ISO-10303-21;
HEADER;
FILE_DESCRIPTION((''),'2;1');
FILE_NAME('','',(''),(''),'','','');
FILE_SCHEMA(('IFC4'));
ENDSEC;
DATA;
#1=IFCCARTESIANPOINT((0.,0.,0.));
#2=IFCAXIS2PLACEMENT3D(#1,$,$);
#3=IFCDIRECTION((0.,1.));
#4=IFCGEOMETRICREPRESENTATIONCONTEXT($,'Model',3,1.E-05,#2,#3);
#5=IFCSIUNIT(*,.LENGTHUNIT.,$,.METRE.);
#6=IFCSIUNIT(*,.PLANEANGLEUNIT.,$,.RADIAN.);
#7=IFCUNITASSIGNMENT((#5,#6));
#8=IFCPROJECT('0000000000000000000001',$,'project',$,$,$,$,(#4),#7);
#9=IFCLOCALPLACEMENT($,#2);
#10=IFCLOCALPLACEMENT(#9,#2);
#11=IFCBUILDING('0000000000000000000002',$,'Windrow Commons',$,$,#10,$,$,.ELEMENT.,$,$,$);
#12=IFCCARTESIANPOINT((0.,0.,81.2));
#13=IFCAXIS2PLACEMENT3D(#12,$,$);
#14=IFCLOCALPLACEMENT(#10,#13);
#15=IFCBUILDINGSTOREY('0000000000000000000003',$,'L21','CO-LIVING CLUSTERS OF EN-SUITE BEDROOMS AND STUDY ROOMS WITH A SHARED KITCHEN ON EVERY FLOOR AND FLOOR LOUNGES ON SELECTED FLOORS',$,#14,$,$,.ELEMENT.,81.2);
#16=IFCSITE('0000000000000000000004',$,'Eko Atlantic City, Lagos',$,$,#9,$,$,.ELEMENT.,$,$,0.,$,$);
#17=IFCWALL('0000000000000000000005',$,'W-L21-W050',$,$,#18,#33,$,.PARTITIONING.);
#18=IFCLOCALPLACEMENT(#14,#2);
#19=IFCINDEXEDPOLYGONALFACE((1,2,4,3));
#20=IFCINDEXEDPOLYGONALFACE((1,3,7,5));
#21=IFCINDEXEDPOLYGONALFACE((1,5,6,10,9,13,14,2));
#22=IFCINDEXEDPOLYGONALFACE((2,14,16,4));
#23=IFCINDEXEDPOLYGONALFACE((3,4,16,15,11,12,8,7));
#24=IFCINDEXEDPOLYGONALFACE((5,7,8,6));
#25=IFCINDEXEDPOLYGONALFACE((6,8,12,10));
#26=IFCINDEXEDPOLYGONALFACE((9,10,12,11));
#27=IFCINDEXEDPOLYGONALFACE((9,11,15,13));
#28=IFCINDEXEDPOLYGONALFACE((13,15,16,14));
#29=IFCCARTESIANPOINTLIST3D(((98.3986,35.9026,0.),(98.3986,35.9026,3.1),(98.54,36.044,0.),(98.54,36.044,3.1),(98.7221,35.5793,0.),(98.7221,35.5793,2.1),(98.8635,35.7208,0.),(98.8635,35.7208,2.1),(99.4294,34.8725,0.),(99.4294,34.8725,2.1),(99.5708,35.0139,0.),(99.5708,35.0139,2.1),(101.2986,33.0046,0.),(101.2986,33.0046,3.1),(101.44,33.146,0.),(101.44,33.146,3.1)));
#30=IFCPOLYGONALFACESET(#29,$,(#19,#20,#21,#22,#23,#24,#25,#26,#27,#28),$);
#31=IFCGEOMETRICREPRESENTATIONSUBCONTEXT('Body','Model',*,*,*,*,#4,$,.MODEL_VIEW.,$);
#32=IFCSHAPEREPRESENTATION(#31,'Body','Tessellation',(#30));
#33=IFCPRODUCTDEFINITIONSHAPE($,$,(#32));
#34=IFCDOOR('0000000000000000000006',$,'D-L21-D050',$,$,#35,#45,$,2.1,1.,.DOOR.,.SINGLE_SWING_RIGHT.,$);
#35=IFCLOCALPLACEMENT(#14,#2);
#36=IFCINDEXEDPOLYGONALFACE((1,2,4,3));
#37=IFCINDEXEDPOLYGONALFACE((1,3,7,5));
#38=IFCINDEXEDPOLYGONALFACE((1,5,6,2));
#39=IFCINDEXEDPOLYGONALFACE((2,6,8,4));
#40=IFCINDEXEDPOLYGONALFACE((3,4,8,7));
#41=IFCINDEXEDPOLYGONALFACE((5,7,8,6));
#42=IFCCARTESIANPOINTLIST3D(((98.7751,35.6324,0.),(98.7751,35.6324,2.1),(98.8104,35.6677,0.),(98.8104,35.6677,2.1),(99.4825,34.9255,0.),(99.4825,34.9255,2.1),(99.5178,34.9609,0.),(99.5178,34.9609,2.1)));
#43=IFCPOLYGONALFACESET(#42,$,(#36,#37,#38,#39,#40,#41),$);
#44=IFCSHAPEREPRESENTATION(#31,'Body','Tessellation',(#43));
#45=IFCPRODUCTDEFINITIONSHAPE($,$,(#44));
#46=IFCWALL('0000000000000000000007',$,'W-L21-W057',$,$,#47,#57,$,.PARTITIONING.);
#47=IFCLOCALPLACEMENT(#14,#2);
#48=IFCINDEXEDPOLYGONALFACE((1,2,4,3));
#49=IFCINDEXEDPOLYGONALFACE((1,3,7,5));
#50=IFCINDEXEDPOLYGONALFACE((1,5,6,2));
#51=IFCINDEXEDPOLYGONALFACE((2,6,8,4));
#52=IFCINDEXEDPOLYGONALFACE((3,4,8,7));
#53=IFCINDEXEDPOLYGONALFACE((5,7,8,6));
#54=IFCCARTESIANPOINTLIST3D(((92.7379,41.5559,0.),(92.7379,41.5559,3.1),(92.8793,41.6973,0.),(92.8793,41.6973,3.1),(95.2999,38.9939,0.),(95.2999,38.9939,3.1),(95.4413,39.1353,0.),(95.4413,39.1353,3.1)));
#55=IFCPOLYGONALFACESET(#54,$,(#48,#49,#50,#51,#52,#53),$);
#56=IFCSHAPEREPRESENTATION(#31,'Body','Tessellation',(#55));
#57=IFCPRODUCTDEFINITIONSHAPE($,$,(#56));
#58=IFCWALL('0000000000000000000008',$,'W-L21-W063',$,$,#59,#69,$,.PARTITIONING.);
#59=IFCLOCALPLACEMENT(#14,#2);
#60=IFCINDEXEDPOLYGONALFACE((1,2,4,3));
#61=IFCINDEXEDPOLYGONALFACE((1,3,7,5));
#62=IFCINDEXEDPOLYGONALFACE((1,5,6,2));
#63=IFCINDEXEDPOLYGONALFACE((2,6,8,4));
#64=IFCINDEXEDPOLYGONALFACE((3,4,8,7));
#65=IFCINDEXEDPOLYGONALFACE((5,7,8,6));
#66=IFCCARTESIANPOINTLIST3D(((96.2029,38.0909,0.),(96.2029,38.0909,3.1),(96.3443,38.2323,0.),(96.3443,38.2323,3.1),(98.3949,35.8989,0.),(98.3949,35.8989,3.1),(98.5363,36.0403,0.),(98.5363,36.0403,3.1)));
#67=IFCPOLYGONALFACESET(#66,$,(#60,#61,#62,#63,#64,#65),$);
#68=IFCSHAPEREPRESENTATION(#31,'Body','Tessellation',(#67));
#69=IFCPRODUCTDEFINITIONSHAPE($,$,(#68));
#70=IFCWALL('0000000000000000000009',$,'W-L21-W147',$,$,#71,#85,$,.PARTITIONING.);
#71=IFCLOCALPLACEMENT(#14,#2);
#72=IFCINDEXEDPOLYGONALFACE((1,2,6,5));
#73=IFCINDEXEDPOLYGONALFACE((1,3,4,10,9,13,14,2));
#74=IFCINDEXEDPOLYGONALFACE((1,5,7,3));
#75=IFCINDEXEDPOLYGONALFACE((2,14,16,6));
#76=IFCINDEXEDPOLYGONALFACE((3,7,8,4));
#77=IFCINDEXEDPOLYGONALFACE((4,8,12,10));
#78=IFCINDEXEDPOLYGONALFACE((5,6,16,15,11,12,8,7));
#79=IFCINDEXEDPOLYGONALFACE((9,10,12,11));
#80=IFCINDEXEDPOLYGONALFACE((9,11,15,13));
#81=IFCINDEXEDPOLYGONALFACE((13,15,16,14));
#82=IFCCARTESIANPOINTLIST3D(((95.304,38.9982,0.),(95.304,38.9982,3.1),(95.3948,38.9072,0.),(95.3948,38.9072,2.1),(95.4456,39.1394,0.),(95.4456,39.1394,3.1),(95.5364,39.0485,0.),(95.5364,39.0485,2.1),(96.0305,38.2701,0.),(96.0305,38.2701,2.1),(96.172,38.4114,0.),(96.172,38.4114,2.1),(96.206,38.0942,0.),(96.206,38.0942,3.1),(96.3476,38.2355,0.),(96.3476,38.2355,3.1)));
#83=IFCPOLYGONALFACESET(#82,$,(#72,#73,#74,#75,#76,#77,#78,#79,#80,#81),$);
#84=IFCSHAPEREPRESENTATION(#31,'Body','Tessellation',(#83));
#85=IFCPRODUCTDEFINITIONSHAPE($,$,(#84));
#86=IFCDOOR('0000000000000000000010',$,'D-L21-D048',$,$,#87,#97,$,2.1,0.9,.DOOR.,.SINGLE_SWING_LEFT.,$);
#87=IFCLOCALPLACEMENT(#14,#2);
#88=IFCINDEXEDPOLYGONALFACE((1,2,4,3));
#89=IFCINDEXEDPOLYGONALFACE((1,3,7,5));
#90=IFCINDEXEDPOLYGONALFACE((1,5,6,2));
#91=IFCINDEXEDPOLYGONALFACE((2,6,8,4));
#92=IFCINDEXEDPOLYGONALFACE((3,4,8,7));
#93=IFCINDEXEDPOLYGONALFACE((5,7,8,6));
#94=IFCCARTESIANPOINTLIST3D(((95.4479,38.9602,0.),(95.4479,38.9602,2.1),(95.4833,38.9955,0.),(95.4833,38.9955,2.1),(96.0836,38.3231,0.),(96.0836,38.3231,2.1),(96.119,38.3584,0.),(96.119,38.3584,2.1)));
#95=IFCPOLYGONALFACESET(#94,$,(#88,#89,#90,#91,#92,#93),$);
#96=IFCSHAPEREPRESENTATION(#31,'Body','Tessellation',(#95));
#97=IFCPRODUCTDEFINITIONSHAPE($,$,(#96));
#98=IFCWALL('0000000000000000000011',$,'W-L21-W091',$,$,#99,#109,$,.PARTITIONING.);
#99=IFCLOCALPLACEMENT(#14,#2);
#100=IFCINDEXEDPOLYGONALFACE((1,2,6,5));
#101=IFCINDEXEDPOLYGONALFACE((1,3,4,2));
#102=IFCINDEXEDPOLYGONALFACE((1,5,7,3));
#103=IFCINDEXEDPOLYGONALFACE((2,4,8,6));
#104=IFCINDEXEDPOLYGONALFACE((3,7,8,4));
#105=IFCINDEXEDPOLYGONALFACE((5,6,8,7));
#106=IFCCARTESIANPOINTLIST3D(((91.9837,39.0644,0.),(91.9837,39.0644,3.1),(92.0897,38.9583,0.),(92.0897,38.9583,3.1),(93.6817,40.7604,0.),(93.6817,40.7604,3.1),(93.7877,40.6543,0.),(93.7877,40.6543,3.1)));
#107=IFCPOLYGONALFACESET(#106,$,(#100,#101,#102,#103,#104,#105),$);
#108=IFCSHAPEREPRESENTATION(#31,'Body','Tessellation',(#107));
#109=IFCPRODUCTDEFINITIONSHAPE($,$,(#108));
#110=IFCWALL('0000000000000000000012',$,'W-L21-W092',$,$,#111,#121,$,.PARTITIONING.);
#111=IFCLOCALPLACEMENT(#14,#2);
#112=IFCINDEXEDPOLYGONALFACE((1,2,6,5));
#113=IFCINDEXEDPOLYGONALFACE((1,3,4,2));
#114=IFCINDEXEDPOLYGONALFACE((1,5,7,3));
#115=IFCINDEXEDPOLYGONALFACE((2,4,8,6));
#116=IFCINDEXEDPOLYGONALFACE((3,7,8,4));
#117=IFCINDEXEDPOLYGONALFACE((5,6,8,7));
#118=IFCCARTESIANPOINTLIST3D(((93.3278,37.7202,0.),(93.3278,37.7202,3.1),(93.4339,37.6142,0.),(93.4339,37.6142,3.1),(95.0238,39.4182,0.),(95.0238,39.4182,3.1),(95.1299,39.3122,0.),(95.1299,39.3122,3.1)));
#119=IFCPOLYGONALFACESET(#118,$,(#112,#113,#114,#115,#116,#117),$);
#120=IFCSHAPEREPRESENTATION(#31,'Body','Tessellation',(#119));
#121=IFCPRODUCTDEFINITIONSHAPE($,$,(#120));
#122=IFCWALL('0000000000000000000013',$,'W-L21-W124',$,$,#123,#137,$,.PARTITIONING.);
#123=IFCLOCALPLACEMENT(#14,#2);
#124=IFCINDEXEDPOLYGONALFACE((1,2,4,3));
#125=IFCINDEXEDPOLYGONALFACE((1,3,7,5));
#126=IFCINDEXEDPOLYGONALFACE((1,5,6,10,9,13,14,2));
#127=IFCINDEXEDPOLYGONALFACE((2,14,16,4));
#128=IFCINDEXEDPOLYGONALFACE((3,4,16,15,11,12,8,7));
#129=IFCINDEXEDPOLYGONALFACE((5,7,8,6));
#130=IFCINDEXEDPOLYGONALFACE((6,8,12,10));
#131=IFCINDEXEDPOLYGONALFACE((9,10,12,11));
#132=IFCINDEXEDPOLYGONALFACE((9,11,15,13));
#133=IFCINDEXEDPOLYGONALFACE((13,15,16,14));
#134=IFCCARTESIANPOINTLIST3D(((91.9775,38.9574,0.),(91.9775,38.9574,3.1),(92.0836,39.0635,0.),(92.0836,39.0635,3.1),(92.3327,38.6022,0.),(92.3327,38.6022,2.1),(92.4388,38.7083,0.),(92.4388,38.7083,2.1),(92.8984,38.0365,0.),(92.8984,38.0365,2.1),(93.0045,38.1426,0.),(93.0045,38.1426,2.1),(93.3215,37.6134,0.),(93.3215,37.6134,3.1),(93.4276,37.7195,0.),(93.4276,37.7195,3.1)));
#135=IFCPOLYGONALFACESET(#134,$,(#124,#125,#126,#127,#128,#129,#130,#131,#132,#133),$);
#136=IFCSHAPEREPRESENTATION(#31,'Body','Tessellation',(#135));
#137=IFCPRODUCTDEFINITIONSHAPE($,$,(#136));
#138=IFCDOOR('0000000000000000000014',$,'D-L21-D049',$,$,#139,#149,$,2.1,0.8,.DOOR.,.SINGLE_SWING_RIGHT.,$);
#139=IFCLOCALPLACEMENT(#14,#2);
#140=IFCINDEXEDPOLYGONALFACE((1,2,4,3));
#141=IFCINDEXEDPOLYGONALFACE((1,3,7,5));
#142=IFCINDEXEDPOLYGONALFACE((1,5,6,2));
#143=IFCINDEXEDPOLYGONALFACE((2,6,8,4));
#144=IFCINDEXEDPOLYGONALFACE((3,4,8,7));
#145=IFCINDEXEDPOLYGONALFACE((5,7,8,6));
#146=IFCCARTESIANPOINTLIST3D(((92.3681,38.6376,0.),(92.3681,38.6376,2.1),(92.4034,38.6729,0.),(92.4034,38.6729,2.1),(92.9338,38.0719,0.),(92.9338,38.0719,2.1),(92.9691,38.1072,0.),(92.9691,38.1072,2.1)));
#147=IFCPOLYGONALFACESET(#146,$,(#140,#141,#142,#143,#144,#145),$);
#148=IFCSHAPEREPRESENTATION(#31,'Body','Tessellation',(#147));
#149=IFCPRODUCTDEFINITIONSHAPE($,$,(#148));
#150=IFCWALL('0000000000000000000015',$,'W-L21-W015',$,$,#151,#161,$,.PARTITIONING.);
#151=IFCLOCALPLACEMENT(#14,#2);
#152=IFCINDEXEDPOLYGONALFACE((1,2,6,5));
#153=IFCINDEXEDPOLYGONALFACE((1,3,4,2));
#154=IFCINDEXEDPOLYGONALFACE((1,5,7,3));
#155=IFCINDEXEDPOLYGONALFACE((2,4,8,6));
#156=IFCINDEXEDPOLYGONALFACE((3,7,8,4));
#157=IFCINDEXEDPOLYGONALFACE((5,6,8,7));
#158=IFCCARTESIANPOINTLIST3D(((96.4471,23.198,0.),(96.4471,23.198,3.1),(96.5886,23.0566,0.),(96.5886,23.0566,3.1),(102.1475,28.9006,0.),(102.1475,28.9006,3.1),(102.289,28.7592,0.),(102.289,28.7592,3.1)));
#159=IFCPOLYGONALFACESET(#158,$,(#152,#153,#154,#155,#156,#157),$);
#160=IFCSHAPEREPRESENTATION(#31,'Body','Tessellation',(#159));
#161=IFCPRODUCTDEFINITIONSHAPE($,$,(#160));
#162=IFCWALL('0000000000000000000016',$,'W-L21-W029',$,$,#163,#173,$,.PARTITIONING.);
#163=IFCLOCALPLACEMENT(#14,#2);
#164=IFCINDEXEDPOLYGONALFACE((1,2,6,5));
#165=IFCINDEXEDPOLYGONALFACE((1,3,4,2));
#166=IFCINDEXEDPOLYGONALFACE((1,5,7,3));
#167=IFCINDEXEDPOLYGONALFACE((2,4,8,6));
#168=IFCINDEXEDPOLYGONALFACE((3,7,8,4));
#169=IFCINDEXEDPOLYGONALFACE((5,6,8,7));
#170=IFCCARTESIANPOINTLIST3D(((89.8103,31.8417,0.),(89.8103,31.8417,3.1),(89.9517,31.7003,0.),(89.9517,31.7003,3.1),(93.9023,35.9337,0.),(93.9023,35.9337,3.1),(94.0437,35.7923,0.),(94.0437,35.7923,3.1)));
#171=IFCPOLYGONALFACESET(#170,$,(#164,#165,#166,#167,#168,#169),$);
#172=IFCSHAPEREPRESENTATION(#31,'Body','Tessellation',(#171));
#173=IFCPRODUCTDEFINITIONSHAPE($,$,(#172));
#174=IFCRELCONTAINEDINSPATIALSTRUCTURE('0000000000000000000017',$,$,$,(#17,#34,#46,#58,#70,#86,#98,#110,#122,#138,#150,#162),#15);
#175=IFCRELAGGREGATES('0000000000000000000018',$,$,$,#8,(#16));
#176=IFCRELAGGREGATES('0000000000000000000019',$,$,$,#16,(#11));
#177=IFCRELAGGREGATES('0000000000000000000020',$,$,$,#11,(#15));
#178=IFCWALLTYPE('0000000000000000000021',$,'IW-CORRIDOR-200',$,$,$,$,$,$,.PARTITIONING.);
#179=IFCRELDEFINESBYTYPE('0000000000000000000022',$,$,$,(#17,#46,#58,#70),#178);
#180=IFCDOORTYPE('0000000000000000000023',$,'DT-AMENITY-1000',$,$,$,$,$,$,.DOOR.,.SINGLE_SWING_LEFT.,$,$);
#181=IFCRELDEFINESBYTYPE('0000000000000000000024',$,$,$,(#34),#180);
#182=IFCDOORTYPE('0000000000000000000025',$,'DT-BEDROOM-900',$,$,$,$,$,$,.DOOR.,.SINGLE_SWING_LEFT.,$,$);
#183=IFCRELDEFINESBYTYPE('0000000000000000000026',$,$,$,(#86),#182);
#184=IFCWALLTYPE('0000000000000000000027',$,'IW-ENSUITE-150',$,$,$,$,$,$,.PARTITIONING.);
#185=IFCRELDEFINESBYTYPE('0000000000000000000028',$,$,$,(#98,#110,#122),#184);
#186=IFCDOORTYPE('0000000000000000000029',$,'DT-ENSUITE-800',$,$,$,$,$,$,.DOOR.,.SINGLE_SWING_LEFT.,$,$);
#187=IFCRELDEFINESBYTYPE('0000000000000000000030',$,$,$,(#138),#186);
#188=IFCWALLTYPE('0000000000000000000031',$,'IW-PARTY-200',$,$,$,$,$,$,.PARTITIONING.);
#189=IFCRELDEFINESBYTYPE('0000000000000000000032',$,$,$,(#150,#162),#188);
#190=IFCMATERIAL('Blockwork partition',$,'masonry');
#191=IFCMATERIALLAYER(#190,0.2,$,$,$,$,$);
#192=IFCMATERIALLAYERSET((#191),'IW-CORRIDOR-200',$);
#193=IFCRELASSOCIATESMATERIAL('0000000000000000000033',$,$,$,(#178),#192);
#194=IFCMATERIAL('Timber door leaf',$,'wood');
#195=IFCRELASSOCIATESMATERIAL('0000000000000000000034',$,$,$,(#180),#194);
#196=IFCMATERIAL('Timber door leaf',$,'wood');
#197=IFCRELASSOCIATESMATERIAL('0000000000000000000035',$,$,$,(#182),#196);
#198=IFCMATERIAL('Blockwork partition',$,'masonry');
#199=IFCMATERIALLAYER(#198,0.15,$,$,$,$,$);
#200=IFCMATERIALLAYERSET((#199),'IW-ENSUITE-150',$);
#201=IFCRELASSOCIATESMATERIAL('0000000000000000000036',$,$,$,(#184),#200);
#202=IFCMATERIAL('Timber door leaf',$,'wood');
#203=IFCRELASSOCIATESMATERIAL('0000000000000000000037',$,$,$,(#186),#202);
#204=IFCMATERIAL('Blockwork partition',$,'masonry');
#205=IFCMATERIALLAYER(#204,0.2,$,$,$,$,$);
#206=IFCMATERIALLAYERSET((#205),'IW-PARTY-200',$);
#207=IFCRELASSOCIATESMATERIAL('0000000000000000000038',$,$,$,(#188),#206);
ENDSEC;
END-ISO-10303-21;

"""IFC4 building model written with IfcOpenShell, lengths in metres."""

from ifc_helpers import new_model, si_unit, direction, frame, frame_2d, origin, place, context, subcontext, project, spatial, rectangle, extrude, material, layer, layer_set, type_object, element, fill, save


model = new_model("IFC4")

# Units and contexts
model_context = context("Model", 3, precision=1e-05, world=origin(), true_north=direction((0.0, 1.0)))
body_context = subcontext(model_context, "Body", "Model", "MODEL_VIEW")
ifc_project = project(units=[si_unit("LENGTHUNIT", "METRE"), si_unit("PLANEANGLEUNIT", "RADIAN")], contexts=[model_context])

# Site, building, storey
site_placement = place(None, origin())
site = spatial("IfcSite", under=ifc_project, at=site_placement, Name="Eko Atlantic City, Lagos", CompositionType="ELEMENT", RefElevation=0.0)
building_placement = place(site_placement, origin())
building = spatial("IfcBuilding", under=site, at=building_placement, Name="Windrow Commons", CompositionType="ELEMENT")
storey_placement = place(building_placement, frame((0.0, 0.0, 81.2)))
storey = spatial("IfcBuildingStorey", under=building, at=storey_placement, Name="L21", Description="CO-LIVING CLUSTERS OF EN-SUITE BEDROOMS AND STUDY ROOMS WITH A SHARED KITCHEN ON EVERY FLOOR AND FLOOR LOUNGES ON SELECTED FLOORS", CompositionType="ELEMENT", Elevation=81.2)

# Wall, opening, door
ifc_material_1 = material(Name="Blockwork partition", Category="masonry")
ifc_layer_1 = layer(ifc_material_1, 0.2)
ifc_layer_set_1 = layer_set([ifc_layer_1], Name="IW-CORRIDOR-200")
wall_type_1 = type_object("IfcWallType", Name="IW-CORRIDOR-200", PredefinedType="PARTITIONING", material=ifc_layer_set_1)
wall_1_placement = place(storey_placement, frame((98.4693, 35.9733, 0.0), z_axis=(0.0, 0.0, 1.0), x_axis=(0.707351, -0.706863, 0.0)))
wall_1 = element("IfcWall", 1, at=wall_1_placement, inside=storey, type_object=wall_type_1, Name="W-L21-W050", PredefinedType="PARTITIONING", context=body_context, shape_type="SweptSolid", body=[
    extrude(rectangle(XDim=4.0998, YDim=0.2, at=frame_2d((2.0499, 0.0))), origin(), (0.0, 0.0, 1.0), 3.1),
])
opening_1_placement = place(wall_1_placement, frame((0.4573, 0.0, 0.0)))
opening_1 = element("IfcOpeningElement", 2, at=opening_1_placement, cuts=wall_1, PredefinedType="OPENING", context=body_context, shape_type="SweptSolid", body=[
    extrude(rectangle(XDim=1.0, YDim=2.1, at=frame_2d((0.5, 1.05))), frame((0.0, 0.11, 0.0), z_axis=(0.0, -1.0, 0.0), x_axis=(1.0, 0.0, 0.0)), (0.0, 0.0, 1.0), 0.22),
])
ifc_material_2 = material(Name="Timber door leaf", Category="wood")
door_type_1 = type_object("IfcDoorType", Name="DT-AMENITY-1000", OperationType="SINGLE_SWING_LEFT", PredefinedType="DOOR", material=ifc_material_2)
door_1_placement = place(opening_1_placement, origin())
door_1 = element("IfcDoor", 3, at=door_1_placement, inside=storey, type_object=door_type_1, Name="D-L21-D050", OperationType="SINGLE_SWING_RIGHT", OverallHeight=2.1, OverallWidth=1.0, PredefinedType="DOOR", context=body_context, shape_type="SweptSolid", body=[
    extrude(rectangle(XDim=1.0, YDim=2.1, at=frame_2d((0.5, 1.05))), frame((0.0, 0.025, 0.0), z_axis=(0.0, -1.0, 0.0), x_axis=(1.0, 0.0, 0.0)), (0.0, 0.0, 1.0), 0.05),
])
fill(opening_1, door_1)

# Walls
wall_2_placement = place(storey_placement, frame((92.8086, 41.6266, 0.0), z_axis=(0.0, 0.0, 1.0), x_axis=(0.707107, -0.707107, 0.0)))
element("IfcWall", 4, at=wall_2_placement, inside=storey, type_object=wall_type_1, Name="W-L21-W057", PredefinedType="PARTITIONING", context=body_context, shape_type="SweptSolid", body=[
    extrude(rectangle(XDim=3.6232, YDim=0.2, at=frame_2d((1.8116, 0.0))), origin(), (0.0, 0.0, 1.0), 3.1),
])
wall_3_placement = place(storey_placement, frame((96.2736, 38.1616, 0.0), z_axis=(0.0, 0.0, 1.0), x_axis=(0.707107, -0.707107, 0.0)))
element("IfcWall", 5, at=wall_3_placement, inside=storey, type_object=wall_type_1, Name="W-L21-W063", PredefinedType="PARTITIONING", context=body_context, shape_type="SweptSolid", body=[
    extrude(rectangle(XDim=3.1, YDim=0.2, at=frame_2d((1.55, 0.0))), origin(), (0.0, 0.0, 1.0), 3.1),
])

# Wall, opening, door
wall_4_placement = place(storey_placement, frame((95.3748, 39.0688, 0.0), z_axis=(0.0, 0.0, 1.0), x_axis=(0.706323, -0.707889, 0.0)))
wall_4 = element("IfcWall", 6, at=wall_4_placement, inside=storey, type_object=wall_type_1, Name="W-L21-W147", PredefinedType="PARTITIONING", context=body_context, shape_type="SweptSolid", body=[
    extrude(rectangle(XDim=1.277, YDim=0.2, at=frame_2d((0.6385, 0.0))), origin(), (0.0, 0.0, 1.0), 3.1),
])
opening_2_placement = place(wall_4_placement, frame((0.1285, 0.0, 0.0)))
opening_2 = element("IfcOpeningElement", 7, at=opening_2_placement, cuts=wall_4, PredefinedType="OPENING", context=body_context, shape_type="SweptSolid", body=[
    extrude(rectangle(XDim=0.9, YDim=2.1, at=frame_2d((0.45, 1.05))), frame((0.0, 0.11, 0.0), z_axis=(0.0, -1.0, 0.0), x_axis=(1.0, 0.0, 0.0)), (0.0, 0.0, 1.0), 0.22),
])
ifc_material_3 = material(Name="Timber door leaf", Category="wood")
door_type_2 = type_object("IfcDoorType", Name="DT-BEDROOM-900", OperationType="SINGLE_SWING_LEFT", PredefinedType="DOOR", material=ifc_material_3)
door_2_placement = place(opening_2_placement, origin())
door_2 = element("IfcDoor", 8, at=door_2_placement, inside=storey, type_object=door_type_2, Name="D-L21-D048", OperationType="SINGLE_SWING_LEFT", OverallHeight=2.1, OverallWidth=0.9, PredefinedType="DOOR", context=body_context, shape_type="SweptSolid", body=[
    extrude(rectangle(XDim=0.9, YDim=2.1, at=frame_2d((0.45, 1.05))), frame((0.0, 0.025, 0.0), z_axis=(0.0, -1.0, 0.0), x_axis=(1.0, 0.0, 0.0)), (0.0, 0.0, 1.0), 0.05),
])
fill(opening_2, door_2)

# Walls
ifc_material_4 = material(Name="Blockwork partition", Category="masonry")
ifc_layer_2 = layer(ifc_material_4, 0.15)
ifc_layer_set_2 = layer_set([ifc_layer_2], Name="IW-ENSUITE-150")
wall_type_2 = type_object("IfcWallType", Name="IW-ENSUITE-150", PredefinedType="PARTITIONING", material=ifc_layer_set_2)
for number, where, z_axis, x_axis, name in (
    (9, (92.0367, 39.0113, 0.0), (0.0, 0.0, 1.0), (0.707523, 0.70669, 0.0), "W-L21-W091"),
    (10, (93.3808, 37.6672, 0.0), (0.0, 0.0, 1.0), (0.70669, 0.707523, 0.0), "W-L21-W092"),
):
    element("IfcWall", number, at=place(storey_placement, frame(where, z_axis=z_axis, x_axis=x_axis)), inside=storey, type_object=wall_type_2, Name=name, PredefinedType="PARTITIONING", context=body_context, shape_type="SweptSolid", body=[
        extrude(rectangle(XDim=2.3999, YDim=0.15, at=frame_2d((1.2, 0.0))), origin(), (0.0, 0.0, 1.0), 3.1),
    ])

# Wall, opening, door
wall_5_placement = place(storey_placement, frame((92.0305, 39.0105, 0.0), z_axis=(0.0, 0.0, 1.0), x_axis=(0.707107, -0.707107, 0.0)))
wall_5 = element("IfcWall", 11, at=wall_5_placement, inside=storey, type_object=wall_type_2, Name="W-L21-W124", PredefinedType="PARTITIONING", context=body_context, shape_type="SweptSolid", body=[
    extrude(rectangle(XDim=1.9007, YDim=0.15, at=frame_2d((0.9504, 0.0))), origin(), (0.0, 0.0, 1.0), 3.1),
])
opening_3_placement = place(wall_5_placement, frame((0.5024, 0.0, 0.0)))
opening_3 = element("IfcOpeningElement", 12, at=opening_3_placement, cuts=wall_5, PredefinedType="OPENING", context=body_context, shape_type="SweptSolid", body=[
    extrude(rectangle(XDim=0.8, YDim=2.1, at=frame_2d((0.4, 1.05))), frame((0.0, 0.085, 0.0), z_axis=(0.0, -1.0, 0.0), x_axis=(1.0, 0.0, 0.0)), (0.0, 0.0, 1.0), 0.17),
])
ifc_material_5 = material(Name="Timber door leaf", Category="wood")
door_type_3 = type_object("IfcDoorType", Name="DT-ENSUITE-800", OperationType="SINGLE_SWING_LEFT", PredefinedType="DOOR", material=ifc_material_5)
door_3_placement = place(opening_3_placement, origin())
door_3 = element("IfcDoor", 13, at=door_3_placement, inside=storey, type_object=door_type_3, Name="D-L21-D049", OperationType="SINGLE_SWING_RIGHT", OverallHeight=2.1, OverallWidth=0.8, PredefinedType="DOOR", context=body_context, shape_type="SweptSolid", body=[
    extrude(rectangle(XDim=0.8, YDim=2.1, at=frame_2d((0.4, 1.05))), frame((0.0, 0.025, 0.0), z_axis=(0.0, -1.0, 0.0), x_axis=(1.0, 0.0, 0.0)), (0.0, 0.0, 1.0), 0.05),
])
fill(opening_3, door_3)

# Walls
ifc_material_6 = material(Name="Blockwork partition", Category="masonry")
ifc_layer_3 = layer(ifc_material_6, 0.2)
ifc_layer_set_3 = layer_set([ifc_layer_3], Name="IW-PARTY-200")
wall_type_3 = type_object("IfcWallType", Name="IW-PARTY-200", PredefinedType="PARTITIONING", material=ifc_layer_set_3)
wall_6_placement = place(storey_placement, frame((96.5178, 23.1273, 0.0), z_axis=(0.0, 0.0, 1.0), x_axis=(0.706977, 0.707237, 0.0)))
element("IfcWall", 14, at=wall_6_placement, inside=storey, type_object=wall_type_3, Name="W-L21-W015", PredefinedType="PARTITIONING", context=body_context, shape_type="SweptSolid", body=[
    extrude(rectangle(XDim=8.0631, YDim=0.2, at=frame_2d((4.0316, 0.0))), origin(), (0.0, 0.0, 1.0), 3.1),
])
wall_7_placement = place(storey_placement, frame((89.881, 31.771, 0.0), z_axis=(0.0, 0.0, 1.0), x_axis=(0.707107, 0.707107, 0.0)))
element("IfcWall", 15, at=wall_7_placement, inside=storey, type_object=wall_type_3, Name="W-L21-W029", PredefinedType="PARTITIONING", context=body_context, shape_type="SweptSolid", body=[
    extrude(rectangle(XDim=5.787, YDim=0.2, at=frame_2d((2.8935, 0.0))), origin(), (0.0, 0.0, 1.0), 3.1),
])

save(model, "model.ifc")
